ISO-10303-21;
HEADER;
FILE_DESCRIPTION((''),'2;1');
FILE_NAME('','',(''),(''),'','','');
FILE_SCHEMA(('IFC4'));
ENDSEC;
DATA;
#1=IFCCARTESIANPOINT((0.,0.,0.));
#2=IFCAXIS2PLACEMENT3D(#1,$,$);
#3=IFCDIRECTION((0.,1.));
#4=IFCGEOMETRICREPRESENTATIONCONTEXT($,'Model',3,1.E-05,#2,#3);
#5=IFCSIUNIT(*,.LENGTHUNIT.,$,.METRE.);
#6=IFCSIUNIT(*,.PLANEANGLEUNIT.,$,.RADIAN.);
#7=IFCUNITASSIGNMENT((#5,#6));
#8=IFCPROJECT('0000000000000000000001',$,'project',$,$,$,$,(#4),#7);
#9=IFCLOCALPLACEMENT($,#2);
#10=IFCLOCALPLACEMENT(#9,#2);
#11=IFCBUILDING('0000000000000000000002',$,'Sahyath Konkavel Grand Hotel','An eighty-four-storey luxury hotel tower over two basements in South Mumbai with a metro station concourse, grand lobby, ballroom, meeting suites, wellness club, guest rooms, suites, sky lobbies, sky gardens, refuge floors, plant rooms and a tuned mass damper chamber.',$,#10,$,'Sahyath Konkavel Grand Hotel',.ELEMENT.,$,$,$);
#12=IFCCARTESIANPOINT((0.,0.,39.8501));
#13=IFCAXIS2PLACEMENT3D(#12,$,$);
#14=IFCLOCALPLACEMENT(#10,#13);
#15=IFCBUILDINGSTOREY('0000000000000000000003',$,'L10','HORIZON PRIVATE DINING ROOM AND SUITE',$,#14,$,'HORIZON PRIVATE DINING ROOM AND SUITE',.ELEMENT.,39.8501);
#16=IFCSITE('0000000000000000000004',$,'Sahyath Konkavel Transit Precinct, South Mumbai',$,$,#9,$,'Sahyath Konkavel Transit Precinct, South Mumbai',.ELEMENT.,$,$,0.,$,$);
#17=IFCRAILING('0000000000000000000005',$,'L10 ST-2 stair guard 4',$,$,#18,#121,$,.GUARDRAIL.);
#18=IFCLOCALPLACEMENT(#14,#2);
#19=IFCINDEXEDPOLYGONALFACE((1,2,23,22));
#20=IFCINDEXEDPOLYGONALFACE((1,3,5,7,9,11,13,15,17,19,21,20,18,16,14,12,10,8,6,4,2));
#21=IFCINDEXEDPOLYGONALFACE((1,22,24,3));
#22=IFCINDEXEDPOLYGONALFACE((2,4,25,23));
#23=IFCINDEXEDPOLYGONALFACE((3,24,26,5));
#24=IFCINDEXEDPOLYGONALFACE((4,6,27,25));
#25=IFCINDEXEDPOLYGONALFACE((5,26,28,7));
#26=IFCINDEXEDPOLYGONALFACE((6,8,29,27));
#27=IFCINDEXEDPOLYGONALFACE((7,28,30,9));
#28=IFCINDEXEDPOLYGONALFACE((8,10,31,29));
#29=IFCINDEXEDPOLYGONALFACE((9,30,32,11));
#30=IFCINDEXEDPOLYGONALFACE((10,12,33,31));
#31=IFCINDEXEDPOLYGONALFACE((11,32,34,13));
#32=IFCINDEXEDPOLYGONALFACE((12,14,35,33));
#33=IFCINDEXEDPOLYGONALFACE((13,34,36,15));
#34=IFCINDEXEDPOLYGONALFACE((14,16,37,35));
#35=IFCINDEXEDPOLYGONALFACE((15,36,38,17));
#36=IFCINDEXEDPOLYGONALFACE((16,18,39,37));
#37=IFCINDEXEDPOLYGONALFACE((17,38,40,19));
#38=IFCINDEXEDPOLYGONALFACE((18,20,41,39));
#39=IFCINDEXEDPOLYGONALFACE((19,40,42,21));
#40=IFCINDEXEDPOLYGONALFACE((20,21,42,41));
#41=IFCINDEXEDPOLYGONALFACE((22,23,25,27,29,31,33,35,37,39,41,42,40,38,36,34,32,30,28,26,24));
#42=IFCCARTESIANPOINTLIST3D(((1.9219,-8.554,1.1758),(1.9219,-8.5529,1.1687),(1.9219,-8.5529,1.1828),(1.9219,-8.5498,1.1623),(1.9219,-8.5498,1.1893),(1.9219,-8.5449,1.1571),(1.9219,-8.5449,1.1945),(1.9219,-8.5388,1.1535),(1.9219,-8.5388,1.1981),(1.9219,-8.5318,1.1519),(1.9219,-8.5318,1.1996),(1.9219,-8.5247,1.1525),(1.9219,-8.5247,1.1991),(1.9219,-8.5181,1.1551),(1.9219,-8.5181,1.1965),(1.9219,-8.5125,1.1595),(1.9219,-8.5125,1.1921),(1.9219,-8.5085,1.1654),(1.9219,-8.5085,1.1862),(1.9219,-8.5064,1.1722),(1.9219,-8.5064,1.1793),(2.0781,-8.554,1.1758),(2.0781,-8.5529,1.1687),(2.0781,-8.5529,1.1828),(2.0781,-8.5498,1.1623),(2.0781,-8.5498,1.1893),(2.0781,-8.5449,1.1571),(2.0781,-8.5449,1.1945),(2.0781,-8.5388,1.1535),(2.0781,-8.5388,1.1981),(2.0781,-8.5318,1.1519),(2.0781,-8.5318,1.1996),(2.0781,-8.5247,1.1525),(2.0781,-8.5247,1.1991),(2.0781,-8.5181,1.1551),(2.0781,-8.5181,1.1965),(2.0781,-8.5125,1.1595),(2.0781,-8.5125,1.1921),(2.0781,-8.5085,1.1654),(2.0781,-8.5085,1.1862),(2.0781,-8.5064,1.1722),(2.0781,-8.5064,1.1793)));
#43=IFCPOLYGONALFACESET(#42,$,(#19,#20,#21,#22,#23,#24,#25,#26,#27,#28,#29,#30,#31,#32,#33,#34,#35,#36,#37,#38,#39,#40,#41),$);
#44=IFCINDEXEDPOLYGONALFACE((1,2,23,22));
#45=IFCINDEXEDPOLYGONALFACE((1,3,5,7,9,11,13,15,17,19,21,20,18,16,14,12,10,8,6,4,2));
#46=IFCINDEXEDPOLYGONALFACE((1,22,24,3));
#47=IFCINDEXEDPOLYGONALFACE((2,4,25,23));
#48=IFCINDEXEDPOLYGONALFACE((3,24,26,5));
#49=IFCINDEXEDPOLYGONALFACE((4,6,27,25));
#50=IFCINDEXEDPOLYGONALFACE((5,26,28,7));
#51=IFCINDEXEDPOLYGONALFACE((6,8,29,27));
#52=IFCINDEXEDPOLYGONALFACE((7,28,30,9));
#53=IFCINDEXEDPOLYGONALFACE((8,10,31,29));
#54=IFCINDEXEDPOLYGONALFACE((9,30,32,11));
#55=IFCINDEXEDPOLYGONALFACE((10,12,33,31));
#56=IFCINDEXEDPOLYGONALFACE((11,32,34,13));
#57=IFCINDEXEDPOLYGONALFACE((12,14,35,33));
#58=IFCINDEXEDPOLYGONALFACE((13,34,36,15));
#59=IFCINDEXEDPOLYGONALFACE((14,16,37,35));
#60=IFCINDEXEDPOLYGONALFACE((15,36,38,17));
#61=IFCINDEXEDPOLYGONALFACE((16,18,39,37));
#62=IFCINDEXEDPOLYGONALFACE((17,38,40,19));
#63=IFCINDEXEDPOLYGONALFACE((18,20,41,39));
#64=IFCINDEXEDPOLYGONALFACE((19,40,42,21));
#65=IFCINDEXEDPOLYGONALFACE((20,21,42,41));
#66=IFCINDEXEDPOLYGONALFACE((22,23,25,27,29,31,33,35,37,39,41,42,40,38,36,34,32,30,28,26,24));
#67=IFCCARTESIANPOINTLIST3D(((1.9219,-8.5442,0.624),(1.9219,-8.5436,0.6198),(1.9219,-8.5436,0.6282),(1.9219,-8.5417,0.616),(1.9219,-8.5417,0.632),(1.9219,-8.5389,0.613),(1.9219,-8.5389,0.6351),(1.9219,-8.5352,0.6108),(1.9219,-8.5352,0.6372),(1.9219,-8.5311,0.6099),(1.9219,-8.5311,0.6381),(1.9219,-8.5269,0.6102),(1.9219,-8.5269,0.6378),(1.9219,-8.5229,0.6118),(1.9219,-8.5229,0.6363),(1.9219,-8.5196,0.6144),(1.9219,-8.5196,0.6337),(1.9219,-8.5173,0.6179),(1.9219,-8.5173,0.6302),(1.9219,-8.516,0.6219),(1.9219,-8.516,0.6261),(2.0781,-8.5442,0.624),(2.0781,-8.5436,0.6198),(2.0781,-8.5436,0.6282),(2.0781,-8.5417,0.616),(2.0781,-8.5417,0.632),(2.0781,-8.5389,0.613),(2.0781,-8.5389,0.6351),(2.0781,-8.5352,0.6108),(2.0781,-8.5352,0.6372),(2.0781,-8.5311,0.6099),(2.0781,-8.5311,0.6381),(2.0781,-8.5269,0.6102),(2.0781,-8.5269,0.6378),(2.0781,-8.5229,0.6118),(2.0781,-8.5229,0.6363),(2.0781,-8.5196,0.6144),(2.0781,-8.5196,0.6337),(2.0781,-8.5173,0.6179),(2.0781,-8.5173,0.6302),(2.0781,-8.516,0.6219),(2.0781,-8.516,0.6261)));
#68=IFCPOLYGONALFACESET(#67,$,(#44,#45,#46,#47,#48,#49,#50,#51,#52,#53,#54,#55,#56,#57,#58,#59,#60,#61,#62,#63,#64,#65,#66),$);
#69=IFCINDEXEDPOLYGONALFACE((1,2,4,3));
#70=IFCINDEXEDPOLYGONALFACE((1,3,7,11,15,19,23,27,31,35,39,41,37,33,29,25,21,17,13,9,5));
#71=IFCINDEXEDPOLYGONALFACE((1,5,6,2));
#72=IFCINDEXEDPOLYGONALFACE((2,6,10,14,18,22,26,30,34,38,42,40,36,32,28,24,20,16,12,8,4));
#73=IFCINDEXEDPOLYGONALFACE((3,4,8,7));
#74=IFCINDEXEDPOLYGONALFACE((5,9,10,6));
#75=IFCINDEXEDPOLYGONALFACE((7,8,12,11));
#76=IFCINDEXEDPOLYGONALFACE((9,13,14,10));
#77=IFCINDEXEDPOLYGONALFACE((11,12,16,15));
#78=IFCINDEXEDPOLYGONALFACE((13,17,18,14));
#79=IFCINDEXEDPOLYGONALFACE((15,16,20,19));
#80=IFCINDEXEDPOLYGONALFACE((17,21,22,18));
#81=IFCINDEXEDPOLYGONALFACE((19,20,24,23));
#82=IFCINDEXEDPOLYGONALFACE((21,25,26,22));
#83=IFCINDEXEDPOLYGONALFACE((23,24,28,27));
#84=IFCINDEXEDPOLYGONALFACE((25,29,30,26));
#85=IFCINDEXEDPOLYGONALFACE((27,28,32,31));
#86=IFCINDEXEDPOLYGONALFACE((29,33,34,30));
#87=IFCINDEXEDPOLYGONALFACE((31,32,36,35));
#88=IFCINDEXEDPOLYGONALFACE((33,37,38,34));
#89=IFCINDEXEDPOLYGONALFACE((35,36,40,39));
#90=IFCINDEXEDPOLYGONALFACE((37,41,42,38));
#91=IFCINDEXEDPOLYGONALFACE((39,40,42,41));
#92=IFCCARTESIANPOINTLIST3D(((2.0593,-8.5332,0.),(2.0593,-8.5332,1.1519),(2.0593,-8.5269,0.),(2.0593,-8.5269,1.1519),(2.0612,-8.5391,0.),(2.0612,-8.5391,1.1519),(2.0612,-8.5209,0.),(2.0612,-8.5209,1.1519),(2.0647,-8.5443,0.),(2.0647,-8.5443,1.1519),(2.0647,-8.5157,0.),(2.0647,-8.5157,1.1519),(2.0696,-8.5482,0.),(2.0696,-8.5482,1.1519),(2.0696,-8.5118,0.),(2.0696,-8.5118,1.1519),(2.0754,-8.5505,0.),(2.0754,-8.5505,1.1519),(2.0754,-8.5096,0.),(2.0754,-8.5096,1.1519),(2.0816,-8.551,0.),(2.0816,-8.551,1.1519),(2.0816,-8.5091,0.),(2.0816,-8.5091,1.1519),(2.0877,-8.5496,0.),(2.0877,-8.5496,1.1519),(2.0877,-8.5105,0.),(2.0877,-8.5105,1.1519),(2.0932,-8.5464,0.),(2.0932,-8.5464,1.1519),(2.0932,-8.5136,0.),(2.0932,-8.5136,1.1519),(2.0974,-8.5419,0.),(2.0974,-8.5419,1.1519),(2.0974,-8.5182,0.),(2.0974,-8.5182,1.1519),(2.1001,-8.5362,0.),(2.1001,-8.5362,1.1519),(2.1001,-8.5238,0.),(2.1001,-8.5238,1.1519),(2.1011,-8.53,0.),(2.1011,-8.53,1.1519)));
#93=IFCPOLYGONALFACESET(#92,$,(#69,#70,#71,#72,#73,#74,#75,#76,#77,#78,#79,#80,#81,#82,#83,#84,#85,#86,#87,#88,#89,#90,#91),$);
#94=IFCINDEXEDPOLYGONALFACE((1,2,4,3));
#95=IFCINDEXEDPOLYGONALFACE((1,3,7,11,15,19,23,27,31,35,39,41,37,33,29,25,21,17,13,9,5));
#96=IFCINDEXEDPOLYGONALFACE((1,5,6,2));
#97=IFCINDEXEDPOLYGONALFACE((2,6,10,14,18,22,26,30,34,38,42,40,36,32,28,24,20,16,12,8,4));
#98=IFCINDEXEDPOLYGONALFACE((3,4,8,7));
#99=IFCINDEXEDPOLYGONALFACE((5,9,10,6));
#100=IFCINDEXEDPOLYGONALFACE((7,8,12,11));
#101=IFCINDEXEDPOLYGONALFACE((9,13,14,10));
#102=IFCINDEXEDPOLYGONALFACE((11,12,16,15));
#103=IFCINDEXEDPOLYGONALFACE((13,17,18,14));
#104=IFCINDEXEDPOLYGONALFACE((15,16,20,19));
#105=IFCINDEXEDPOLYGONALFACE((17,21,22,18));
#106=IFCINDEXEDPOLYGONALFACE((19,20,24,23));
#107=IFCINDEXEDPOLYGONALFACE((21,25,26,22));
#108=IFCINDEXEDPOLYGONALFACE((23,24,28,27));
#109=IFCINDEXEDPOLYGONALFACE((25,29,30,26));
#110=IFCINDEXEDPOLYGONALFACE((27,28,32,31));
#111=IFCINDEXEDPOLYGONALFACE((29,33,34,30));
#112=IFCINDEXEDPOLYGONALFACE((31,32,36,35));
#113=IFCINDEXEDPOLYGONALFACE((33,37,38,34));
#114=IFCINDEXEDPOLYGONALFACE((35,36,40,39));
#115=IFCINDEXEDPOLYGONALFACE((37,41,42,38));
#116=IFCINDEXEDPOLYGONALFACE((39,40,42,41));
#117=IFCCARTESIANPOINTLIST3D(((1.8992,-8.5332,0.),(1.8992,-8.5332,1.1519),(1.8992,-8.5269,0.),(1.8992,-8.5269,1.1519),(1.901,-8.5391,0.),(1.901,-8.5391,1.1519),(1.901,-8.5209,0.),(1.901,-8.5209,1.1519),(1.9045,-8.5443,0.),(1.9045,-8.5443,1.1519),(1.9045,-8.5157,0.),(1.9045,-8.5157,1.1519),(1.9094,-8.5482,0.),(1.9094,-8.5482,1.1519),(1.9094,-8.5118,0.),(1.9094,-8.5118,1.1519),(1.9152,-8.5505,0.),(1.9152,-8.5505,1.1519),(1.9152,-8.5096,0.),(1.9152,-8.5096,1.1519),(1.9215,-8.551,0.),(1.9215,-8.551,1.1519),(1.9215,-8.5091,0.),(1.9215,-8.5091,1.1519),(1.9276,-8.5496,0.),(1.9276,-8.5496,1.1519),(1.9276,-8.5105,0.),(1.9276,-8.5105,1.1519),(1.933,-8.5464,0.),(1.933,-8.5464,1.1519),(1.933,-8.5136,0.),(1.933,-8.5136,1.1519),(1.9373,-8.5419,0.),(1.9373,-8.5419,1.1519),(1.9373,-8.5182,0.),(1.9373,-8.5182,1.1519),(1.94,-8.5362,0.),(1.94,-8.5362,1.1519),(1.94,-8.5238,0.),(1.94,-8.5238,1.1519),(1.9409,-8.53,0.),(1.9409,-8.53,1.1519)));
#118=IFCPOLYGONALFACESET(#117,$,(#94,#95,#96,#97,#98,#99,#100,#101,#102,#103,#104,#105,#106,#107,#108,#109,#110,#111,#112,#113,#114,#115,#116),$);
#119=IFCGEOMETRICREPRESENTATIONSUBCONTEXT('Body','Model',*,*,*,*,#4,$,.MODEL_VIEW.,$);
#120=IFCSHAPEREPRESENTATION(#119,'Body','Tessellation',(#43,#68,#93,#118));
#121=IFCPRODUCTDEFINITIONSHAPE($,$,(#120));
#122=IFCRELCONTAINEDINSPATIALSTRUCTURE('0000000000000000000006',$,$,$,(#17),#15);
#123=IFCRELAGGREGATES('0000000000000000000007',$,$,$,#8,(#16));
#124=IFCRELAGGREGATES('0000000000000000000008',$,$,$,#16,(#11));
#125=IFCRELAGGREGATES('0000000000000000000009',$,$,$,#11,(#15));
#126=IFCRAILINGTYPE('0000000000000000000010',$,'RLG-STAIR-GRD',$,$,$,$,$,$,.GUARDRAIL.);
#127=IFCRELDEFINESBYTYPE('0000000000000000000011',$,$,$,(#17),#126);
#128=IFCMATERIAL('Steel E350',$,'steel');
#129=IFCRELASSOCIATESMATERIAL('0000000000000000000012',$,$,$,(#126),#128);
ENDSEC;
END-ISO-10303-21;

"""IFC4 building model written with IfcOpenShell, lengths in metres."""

from ifc_helpers import new_model, si_unit, direction, frame, origin, origin_2d, place, context, subcontext, project, spatial, circle, extrude, material, type_object, element, save


model = new_model("IFC4")

# Units and contexts
model_context = context("Model", 3, precision=1e-05, world=origin(), true_north=direction((0.0, 1.0)))
body_context = subcontext(model_context, "Body", "Model", "MODEL_VIEW")
ifc_project = project(units=[si_unit("LENGTHUNIT", "METRE"), si_unit("PLANEANGLEUNIT", "RADIAN")], contexts=[model_context])

# Site, building, storey
site_placement = place(None, origin())
site = spatial("IfcSite", under=ifc_project, at=site_placement, Name="Sahyath Konkavel Transit Precinct, South Mumbai", LongName="Sahyath Konkavel Transit Precinct, South Mumbai", CompositionType="ELEMENT", RefElevation=0.0)
building_placement = place(site_placement, origin())
building = spatial("IfcBuilding", under=site, at=building_placement, Name="Sahyath Konkavel Grand Hotel", Description="An eighty-four-storey luxury hotel tower over two basements in South Mumbai with a metro station concourse, grand lobby, ballroom, meeting suites, wellness club, guest rooms, suites, sky lobbies, sky gardens, refuge floors, plant rooms and a tuned mass damper chamber.", LongName="Sahyath Konkavel Grand Hotel", CompositionType="ELEMENT")
storey_placement = place(building_placement, frame((0.0, 0.0, 39.8501)))
storey = spatial("IfcBuildingStorey", under=building, at=storey_placement, Name="L10", Description="HORIZON PRIVATE DINING ROOM AND SUITE", LongName="HORIZON PRIVATE DINING ROOM AND SUITE", CompositionType="ELEMENT", Elevation=39.8501)

# Shared definitions
ifc_material_1 = material(Name="Steel E350", Category="steel")

# Railing
railing_type_1 = type_object("IfcRailingType", Name="RLG-STAIR-GRD", PredefinedType="GUARDRAIL", material=ifc_material_1)
railing_1_placement = place(storey_placement, frame((2.0801, -8.53, 0.0)))
element("IfcRailing", 1, at=railing_1_placement, inside=storey, type_object=railing_type_1, Name="L10 ST-2 stair guard 4", PredefinedType="GUARDRAIL", context=body_context, shape_type="SweptSolid", body=[
    extrude(circle(Radius=0.0239, at=origin_2d()), frame((-0.002, 0.0, 1.1758), z_axis=(-1.0, 0.0, 0.0), x_axis=(0.0, -1.0, 0.0)), (0.0, 0.0, 1.0), 0.1562),
    extrude(circle(Radius=0.0142, at=origin_2d()), frame((-0.002, 0.0, 0.624), z_axis=(-1.0, 0.0, 0.0), x_axis=(0.0, -1.0, 0.0)), (0.0, 0.0, 1.0), 0.1562),
    extrude(circle(Radius=0.021, at=origin_2d()), origin(), (0.0, 0.0, 1.0), 1.1519),
    extrude(circle(Radius=0.021, at=origin_2d()), frame((-0.1602, 0.0, 0.0)), (0.0, 0.0, 1.0), 1.1519),
])

save(model, "model.ifc")
